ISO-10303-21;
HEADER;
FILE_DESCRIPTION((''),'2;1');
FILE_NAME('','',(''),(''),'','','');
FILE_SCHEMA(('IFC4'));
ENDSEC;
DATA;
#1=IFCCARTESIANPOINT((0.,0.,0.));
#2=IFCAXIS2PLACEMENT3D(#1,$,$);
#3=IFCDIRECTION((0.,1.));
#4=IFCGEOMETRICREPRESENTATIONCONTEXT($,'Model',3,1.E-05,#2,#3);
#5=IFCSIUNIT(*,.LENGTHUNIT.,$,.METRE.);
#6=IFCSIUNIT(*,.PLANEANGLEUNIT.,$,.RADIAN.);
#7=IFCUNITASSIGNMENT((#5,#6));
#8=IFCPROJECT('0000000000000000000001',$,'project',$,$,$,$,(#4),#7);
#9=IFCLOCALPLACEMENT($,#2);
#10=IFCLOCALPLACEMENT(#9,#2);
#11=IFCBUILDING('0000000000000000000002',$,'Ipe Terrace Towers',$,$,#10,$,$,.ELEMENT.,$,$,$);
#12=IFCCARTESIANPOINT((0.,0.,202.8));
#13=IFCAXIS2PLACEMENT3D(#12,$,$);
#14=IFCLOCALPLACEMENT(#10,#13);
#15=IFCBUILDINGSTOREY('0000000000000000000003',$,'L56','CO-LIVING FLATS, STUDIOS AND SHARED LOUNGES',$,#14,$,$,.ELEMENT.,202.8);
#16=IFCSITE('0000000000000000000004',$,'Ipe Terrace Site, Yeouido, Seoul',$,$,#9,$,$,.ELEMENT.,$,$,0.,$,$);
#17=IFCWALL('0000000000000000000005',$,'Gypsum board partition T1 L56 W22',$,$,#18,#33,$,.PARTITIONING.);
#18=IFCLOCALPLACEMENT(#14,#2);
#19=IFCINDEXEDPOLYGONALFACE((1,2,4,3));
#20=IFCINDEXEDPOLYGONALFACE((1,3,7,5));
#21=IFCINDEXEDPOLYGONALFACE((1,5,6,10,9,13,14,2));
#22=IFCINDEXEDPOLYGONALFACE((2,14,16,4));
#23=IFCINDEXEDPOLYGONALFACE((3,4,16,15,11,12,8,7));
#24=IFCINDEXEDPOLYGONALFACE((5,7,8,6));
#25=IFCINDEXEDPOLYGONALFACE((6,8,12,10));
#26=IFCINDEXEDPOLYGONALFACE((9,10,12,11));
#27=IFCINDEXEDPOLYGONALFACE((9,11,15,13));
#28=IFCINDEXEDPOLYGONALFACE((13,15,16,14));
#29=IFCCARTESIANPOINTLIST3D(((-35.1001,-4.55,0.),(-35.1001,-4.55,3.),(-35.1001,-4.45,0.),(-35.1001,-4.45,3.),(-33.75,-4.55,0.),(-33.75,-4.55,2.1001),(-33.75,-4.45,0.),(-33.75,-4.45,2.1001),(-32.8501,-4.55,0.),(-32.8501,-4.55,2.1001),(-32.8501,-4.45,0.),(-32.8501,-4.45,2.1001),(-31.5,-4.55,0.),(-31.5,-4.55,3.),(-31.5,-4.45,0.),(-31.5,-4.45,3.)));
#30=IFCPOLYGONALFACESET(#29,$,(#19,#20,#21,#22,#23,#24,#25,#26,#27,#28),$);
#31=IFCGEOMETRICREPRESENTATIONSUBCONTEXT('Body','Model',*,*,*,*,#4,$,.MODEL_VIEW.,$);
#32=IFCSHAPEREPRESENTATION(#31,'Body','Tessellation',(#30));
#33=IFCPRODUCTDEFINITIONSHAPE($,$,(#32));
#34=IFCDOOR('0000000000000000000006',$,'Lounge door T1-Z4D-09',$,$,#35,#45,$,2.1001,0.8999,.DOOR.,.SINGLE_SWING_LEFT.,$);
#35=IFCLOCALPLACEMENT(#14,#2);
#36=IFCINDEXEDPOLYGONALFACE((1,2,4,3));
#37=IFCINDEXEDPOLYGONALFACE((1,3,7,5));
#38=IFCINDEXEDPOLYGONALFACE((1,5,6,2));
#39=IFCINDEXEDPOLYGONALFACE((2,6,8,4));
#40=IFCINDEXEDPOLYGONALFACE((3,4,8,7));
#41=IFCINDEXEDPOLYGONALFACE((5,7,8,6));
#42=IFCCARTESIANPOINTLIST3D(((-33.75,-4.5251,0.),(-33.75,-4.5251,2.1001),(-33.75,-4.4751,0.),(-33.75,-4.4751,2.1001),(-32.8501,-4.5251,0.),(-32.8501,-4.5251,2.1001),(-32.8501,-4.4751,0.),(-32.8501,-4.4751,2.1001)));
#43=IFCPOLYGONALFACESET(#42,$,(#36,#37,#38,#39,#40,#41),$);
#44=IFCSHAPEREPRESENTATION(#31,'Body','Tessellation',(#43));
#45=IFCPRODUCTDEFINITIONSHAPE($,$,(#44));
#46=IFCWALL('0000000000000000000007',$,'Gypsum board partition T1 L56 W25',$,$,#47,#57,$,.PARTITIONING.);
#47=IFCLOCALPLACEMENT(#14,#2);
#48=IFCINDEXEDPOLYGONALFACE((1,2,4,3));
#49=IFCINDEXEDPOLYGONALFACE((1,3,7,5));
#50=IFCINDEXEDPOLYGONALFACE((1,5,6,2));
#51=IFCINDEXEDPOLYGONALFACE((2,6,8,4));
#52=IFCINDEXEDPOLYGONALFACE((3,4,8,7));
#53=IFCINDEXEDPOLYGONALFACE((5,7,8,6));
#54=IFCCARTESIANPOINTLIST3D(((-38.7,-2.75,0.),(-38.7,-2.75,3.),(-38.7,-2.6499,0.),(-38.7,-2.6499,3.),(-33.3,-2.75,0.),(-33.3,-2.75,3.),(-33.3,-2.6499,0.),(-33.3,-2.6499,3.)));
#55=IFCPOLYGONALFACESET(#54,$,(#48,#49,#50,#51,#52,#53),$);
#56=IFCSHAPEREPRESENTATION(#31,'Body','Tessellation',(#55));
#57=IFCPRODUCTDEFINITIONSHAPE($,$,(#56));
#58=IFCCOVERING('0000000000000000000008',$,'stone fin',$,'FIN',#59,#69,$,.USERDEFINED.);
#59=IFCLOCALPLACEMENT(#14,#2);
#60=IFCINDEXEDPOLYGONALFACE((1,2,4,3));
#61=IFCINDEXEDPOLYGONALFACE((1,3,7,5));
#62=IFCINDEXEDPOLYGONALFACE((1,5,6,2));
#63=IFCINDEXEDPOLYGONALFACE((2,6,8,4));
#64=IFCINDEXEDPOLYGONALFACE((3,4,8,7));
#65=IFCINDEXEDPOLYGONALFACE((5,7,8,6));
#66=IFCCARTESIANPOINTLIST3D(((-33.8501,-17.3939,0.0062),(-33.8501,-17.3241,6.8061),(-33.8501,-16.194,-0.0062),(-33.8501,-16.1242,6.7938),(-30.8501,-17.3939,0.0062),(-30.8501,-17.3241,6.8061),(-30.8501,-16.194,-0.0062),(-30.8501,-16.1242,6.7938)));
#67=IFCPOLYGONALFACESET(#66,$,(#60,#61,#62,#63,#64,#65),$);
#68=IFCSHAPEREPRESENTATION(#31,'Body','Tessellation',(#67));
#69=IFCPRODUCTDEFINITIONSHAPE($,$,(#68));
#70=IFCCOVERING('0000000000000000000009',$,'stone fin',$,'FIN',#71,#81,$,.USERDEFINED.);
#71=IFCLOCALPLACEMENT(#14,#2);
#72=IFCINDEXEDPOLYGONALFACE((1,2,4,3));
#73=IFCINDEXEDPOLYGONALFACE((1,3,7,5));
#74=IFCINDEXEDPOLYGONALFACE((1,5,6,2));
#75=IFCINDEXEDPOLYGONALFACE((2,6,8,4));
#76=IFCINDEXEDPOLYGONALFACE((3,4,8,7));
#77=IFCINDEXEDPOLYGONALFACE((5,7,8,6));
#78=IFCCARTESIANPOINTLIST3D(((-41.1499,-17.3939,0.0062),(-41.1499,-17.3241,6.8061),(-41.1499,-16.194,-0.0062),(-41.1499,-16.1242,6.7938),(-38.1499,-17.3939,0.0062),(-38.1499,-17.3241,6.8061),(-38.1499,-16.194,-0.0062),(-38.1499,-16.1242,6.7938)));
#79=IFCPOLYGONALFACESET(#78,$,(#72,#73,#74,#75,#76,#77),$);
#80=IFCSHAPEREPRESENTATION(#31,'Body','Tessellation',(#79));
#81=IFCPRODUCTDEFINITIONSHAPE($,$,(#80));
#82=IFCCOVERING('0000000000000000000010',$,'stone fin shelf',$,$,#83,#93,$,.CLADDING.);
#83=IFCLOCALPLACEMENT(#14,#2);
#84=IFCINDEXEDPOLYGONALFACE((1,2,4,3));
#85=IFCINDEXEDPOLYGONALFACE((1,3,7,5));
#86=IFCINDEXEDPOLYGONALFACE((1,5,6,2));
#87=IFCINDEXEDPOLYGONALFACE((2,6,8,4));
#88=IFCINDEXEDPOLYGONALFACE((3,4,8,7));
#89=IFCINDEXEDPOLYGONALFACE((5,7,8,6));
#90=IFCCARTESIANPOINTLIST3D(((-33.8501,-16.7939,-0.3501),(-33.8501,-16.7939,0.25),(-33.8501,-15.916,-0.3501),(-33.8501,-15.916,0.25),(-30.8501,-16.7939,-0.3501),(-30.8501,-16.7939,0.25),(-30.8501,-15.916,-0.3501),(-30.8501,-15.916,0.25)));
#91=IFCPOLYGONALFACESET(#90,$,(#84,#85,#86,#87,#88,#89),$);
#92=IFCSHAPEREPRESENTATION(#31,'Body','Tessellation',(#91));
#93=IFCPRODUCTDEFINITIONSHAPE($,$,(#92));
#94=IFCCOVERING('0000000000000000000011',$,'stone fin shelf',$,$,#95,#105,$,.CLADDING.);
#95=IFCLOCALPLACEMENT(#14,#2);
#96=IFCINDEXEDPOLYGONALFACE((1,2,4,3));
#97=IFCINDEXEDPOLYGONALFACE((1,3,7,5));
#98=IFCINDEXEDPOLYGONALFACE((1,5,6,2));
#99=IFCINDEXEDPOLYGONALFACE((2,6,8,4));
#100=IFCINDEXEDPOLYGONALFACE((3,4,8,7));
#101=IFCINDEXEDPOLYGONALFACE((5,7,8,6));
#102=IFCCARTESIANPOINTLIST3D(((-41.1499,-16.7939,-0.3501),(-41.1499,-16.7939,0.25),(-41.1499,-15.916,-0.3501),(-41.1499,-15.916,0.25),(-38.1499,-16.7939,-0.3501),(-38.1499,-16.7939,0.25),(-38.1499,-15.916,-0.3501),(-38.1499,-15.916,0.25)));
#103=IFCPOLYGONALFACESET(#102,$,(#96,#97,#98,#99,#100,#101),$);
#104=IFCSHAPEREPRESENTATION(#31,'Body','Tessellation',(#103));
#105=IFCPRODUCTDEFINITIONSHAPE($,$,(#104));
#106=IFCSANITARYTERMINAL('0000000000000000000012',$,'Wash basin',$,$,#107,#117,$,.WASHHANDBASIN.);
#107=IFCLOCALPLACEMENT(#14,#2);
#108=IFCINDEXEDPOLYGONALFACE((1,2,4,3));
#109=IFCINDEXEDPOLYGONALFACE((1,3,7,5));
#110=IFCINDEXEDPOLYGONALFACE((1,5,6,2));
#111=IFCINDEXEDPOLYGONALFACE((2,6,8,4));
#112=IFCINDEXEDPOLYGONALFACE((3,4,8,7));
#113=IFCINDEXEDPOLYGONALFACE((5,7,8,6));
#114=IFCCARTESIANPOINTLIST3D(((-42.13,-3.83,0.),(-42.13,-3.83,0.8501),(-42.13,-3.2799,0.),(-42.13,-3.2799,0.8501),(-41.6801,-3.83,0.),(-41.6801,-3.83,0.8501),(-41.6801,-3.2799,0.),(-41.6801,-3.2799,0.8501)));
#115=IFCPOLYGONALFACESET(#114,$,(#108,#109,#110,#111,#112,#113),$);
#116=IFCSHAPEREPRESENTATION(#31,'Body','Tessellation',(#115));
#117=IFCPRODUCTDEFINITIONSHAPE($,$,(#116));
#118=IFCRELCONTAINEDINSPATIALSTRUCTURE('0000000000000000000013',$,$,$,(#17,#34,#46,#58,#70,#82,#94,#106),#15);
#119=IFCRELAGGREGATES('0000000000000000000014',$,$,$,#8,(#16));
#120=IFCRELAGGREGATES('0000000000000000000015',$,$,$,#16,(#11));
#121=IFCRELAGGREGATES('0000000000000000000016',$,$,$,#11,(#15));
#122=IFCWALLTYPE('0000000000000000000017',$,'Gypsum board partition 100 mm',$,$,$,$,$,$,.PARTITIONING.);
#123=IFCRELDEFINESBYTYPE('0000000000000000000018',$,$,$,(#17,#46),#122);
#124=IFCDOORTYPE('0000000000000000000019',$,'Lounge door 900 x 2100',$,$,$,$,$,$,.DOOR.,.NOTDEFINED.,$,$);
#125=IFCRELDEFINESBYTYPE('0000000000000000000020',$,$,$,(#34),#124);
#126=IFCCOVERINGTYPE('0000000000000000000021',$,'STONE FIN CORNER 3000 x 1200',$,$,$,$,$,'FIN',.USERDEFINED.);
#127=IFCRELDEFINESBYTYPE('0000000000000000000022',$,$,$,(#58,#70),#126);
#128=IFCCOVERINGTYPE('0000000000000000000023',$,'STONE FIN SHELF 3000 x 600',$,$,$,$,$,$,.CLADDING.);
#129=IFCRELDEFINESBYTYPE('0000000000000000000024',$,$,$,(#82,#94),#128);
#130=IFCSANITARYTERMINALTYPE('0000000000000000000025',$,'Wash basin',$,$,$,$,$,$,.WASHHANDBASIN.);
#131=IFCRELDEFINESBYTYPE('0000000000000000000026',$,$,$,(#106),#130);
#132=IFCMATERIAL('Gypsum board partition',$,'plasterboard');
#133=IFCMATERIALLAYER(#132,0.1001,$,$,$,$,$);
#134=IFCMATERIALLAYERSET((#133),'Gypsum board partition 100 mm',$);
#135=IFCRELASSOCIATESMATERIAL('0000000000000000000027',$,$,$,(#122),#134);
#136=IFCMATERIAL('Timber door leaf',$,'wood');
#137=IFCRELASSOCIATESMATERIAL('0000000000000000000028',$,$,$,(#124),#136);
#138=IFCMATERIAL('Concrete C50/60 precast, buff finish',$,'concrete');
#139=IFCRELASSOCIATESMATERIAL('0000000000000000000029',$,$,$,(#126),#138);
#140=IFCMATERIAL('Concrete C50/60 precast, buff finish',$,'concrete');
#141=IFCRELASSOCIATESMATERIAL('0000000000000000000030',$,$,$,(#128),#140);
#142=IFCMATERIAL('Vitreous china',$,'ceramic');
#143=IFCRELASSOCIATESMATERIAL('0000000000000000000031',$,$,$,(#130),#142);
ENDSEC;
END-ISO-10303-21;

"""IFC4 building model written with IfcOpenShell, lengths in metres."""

from ifc_helpers import new_model, si_unit, direction, frame, frame_2d, origin, origin_2d, place, context, subcontext, project, spatial, rectangle, extrude, material, layer, layer_set, material_profile, profile_set, type_object, element, fill, save


model = new_model("IFC4")

# Units and contexts
model_context = context("Model", 3, precision=1e-05, world=origin(), true_north=direction((0.0, 1.0)))
body_context = subcontext(model_context, "Body", "Model", "MODEL_VIEW")
ifc_project = project(units=[si_unit("LENGTHUNIT", "METRE"), si_unit("PLANEANGLEUNIT", "RADIAN")], contexts=[model_context])

# Site, building, storey
site_placement = place(None, origin())
site = spatial("IfcSite", under=ifc_project, at=site_placement, Name="Ipe Terrace Site, Yeouido, Seoul", CompositionType="ELEMENT", RefElevation=0.0)
building_placement = place(site_placement, origin())
building = spatial("IfcBuilding", under=site, at=building_placement, Name="Ipe Terrace Towers", CompositionType="ELEMENT")
storey_placement = place(building_placement, frame((0.0, 0.0, 202.8)))
storey = spatial("IfcBuildingStorey", under=building, at=storey_placement, Name="L56", Description="CO-LIVING FLATS, STUDIOS AND SHARED LOUNGES", CompositionType="ELEMENT", Elevation=202.8)

# Shared definitions
ifc_material_1 = material(Name="Gypsum board partition", Category="plasterboard")
ifc_layer_1 = layer(ifc_material_1, 0.1001)
ifc_layer_set_1 = layer_set([ifc_layer_1], Name="Gypsum board partition 100 mm")
wall_type_1 = type_object("IfcWallType", Name="Gypsum board partition 100 mm", PredefinedType="PARTITIONING", material=ifc_layer_set_1)

# Shared definitions
ifc_material_2 = material(Name="Timber door leaf", Category="wood")
door_type = type_object("IfcDoorType", Name="Lounge door 900 x 2100", OperationType="NOTDEFINED", PredefinedType="DOOR", material=ifc_material_2)

# Wall, opening, door
wall_1_placement = place(storey_placement, frame((-35.1001, -4.5, 0.0), z_axis=(0.0, 0.0, 1.0), x_axis=(1.0, 0.0, 0.0)))
wall_1 = element("IfcWall", 1, at=wall_1_placement, inside=storey, type_object=wall_type_1, Name="Gypsum board partition T1 L56 W22", PredefinedType="PARTITIONING", context=body_context, shape_type="SweptSolid", body=[
    extrude(rectangle(XDim=3.6001, YDim=0.1001, at=frame_2d((1.8, 0.0))), origin(), (0.0, 0.0, 1.0), 3.0),
])
opening_1_placement = place(wall_1_placement, frame((1.3501, 0.0, 0.0)))
opening_1 = element("IfcOpeningElement", 2, at=opening_1_placement, cuts=wall_1, PredefinedType="OPENING", context=body_context, shape_type="SweptSolid", body=[
    extrude(rectangle(XDim=0.8999, YDim=2.1001, at=frame_2d((0.45, 1.05))), frame((0.0, 0.0601, 0.0), z_axis=(0.0, -1.0, 0.0), x_axis=(1.0, 0.0, 0.0)), (0.0, 0.0, 1.0), 0.1201),
])
door_1_placement = place(opening_1_placement, origin())
door_1 = element("IfcDoor", 3, at=door_1_placement, inside=storey, type_object=door_type, Name="Lounge door T1-Z4D-09", OperationType="SINGLE_SWING_LEFT", OverallHeight=2.1001, OverallWidth=0.8999, PredefinedType="DOOR", context=body_context, shape_type="SweptSolid", body=[
    extrude(rectangle(XDim=0.8999, YDim=2.1001, at=frame_2d((0.45, 1.05))), frame((0.0, 0.0249, 0.0), z_axis=(0.0, -1.0, 0.0), x_axis=(1.0, 0.0, 0.0)), (0.0, 0.0, 1.0), 0.05),
])
fill(opening_1, door_1)

# Wall
wall_2_placement = place(storey_placement, frame((-38.7, -2.7, 0.0), z_axis=(0.0, 0.0, 1.0), x_axis=(1.0, 0.0, 0.0)))
element("IfcWall", 4, at=wall_2_placement, inside=storey, type_object=wall_type_1, Name="Gypsum board partition T1 L56 W25", PredefinedType="PARTITIONING", context=body_context, shape_type="SweptSolid", body=[
    extrude(rectangle(XDim=5.3999, YDim=0.1001, at=frame_2d((2.7, 0.0))), origin(), (0.0, 0.0, 1.0), 3.0),
])

# Coverings
ifc_material_3 = material(Name="Concrete C50/60 precast, buff finish", Category="concrete")
ifc_material_profile_1 = material_profile(ifc_material_3, rectangle(XDim=3.0, YDim=1.2, at=origin_2d()), Name="STONE FIN CORNER 3000 x 1200")
ifc_profile_set_1 = profile_set([ifc_material_profile_1], Name="Concrete C50/60 precast, buff finish")
covering_type_1 = type_object("IfcCoveringType", Name="STONE FIN CORNER 3000 x 1200", ElementType="FIN", PredefinedType="USERDEFINED", material=ifc_profile_set_1)
for number, where, z_axis, x_axis, name in (
    (5, (-32.3501, -16.7939, 0.0), (0.0, 0.010268, 0.999947), (1.0, 0.0, 0.0), "stone fin"),
    (6, (-39.6499, -16.7939, 0.0), (0.0, 0.010268, 0.999947), (1.0, 0.0, 0.0), "stone fin"),
):
    element("IfcCovering", number, at=place(storey_placement, frame(where, z_axis=z_axis, x_axis=x_axis)), inside=storey, type_object=covering_type_1, Name=name, ObjectType="FIN", PredefinedType="USERDEFINED", context=body_context, shape_type="SweptSolid", body=[
        extrude(rectangle(XDim=3.0, YDim=1.2, at=origin_2d()), origin(), (0.0, 0.0, 1.0), 6.8003),
    ])
ifc_material_4 = material(Name="Concrete C50/60 precast, buff finish", Category="concrete")
covering_type_2 = type_object("IfcCoveringType", Name="STONE FIN SHELF 3000 x 600", PredefinedType="CLADDING", material=ifc_material_4)
for number, where, z_axis, x_axis, name in (
    (7, (-32.3501, -16.355, -0.3501), (0.0, 0.0, 1.0), (1.0, 0.0, 0.0), "stone fin shelf"),
    (8, (-39.6499, -16.355, -0.3501), (0.0, 0.0, 1.0), (1.0, 0.0, 0.0), "stone fin shelf"),
):
    element("IfcCovering", number, at=place(storey_placement, frame(where, z_axis=z_axis, x_axis=x_axis)), inside=storey, type_object=covering_type_2, Name=name, PredefinedType="CLADDING", context=body_context, shape_type="SweptSolid", body=[
        extrude(rectangle(XDim=3.0, YDim=0.8779, at=origin_2d()), origin(), (0.0, 0.0, 1.0), 0.6001),
    ])

# Sanitary terminal
ifc_material_5 = material(Name="Vitreous china", Category="ceramic")
sanitary_terminal_type = type_object("IfcSanitaryTerminalType", Name="Wash basin", PredefinedType="WASHHANDBASIN", material=ifc_material_5)
sanitary_terminal_placement = place(storey_placement, frame((-41.905, -3.5549, 0.0), z_axis=(0.0, 0.0, 1.0), x_axis=(0.0, 1.0, 0.0)))
element("IfcSanitaryTerminal", 9, at=sanitary_terminal_placement, inside=storey, type_object=sanitary_terminal_type, Name="Wash basin", PredefinedType="WASHHANDBASIN", context=body_context, shape_type="SweptSolid", body=[
    extrude(rectangle(XDim=0.55, YDim=0.45, at=origin_2d()), origin(), (0.0, 0.0, 1.0), 0.8501),
])

save(model, "model.ifc")
